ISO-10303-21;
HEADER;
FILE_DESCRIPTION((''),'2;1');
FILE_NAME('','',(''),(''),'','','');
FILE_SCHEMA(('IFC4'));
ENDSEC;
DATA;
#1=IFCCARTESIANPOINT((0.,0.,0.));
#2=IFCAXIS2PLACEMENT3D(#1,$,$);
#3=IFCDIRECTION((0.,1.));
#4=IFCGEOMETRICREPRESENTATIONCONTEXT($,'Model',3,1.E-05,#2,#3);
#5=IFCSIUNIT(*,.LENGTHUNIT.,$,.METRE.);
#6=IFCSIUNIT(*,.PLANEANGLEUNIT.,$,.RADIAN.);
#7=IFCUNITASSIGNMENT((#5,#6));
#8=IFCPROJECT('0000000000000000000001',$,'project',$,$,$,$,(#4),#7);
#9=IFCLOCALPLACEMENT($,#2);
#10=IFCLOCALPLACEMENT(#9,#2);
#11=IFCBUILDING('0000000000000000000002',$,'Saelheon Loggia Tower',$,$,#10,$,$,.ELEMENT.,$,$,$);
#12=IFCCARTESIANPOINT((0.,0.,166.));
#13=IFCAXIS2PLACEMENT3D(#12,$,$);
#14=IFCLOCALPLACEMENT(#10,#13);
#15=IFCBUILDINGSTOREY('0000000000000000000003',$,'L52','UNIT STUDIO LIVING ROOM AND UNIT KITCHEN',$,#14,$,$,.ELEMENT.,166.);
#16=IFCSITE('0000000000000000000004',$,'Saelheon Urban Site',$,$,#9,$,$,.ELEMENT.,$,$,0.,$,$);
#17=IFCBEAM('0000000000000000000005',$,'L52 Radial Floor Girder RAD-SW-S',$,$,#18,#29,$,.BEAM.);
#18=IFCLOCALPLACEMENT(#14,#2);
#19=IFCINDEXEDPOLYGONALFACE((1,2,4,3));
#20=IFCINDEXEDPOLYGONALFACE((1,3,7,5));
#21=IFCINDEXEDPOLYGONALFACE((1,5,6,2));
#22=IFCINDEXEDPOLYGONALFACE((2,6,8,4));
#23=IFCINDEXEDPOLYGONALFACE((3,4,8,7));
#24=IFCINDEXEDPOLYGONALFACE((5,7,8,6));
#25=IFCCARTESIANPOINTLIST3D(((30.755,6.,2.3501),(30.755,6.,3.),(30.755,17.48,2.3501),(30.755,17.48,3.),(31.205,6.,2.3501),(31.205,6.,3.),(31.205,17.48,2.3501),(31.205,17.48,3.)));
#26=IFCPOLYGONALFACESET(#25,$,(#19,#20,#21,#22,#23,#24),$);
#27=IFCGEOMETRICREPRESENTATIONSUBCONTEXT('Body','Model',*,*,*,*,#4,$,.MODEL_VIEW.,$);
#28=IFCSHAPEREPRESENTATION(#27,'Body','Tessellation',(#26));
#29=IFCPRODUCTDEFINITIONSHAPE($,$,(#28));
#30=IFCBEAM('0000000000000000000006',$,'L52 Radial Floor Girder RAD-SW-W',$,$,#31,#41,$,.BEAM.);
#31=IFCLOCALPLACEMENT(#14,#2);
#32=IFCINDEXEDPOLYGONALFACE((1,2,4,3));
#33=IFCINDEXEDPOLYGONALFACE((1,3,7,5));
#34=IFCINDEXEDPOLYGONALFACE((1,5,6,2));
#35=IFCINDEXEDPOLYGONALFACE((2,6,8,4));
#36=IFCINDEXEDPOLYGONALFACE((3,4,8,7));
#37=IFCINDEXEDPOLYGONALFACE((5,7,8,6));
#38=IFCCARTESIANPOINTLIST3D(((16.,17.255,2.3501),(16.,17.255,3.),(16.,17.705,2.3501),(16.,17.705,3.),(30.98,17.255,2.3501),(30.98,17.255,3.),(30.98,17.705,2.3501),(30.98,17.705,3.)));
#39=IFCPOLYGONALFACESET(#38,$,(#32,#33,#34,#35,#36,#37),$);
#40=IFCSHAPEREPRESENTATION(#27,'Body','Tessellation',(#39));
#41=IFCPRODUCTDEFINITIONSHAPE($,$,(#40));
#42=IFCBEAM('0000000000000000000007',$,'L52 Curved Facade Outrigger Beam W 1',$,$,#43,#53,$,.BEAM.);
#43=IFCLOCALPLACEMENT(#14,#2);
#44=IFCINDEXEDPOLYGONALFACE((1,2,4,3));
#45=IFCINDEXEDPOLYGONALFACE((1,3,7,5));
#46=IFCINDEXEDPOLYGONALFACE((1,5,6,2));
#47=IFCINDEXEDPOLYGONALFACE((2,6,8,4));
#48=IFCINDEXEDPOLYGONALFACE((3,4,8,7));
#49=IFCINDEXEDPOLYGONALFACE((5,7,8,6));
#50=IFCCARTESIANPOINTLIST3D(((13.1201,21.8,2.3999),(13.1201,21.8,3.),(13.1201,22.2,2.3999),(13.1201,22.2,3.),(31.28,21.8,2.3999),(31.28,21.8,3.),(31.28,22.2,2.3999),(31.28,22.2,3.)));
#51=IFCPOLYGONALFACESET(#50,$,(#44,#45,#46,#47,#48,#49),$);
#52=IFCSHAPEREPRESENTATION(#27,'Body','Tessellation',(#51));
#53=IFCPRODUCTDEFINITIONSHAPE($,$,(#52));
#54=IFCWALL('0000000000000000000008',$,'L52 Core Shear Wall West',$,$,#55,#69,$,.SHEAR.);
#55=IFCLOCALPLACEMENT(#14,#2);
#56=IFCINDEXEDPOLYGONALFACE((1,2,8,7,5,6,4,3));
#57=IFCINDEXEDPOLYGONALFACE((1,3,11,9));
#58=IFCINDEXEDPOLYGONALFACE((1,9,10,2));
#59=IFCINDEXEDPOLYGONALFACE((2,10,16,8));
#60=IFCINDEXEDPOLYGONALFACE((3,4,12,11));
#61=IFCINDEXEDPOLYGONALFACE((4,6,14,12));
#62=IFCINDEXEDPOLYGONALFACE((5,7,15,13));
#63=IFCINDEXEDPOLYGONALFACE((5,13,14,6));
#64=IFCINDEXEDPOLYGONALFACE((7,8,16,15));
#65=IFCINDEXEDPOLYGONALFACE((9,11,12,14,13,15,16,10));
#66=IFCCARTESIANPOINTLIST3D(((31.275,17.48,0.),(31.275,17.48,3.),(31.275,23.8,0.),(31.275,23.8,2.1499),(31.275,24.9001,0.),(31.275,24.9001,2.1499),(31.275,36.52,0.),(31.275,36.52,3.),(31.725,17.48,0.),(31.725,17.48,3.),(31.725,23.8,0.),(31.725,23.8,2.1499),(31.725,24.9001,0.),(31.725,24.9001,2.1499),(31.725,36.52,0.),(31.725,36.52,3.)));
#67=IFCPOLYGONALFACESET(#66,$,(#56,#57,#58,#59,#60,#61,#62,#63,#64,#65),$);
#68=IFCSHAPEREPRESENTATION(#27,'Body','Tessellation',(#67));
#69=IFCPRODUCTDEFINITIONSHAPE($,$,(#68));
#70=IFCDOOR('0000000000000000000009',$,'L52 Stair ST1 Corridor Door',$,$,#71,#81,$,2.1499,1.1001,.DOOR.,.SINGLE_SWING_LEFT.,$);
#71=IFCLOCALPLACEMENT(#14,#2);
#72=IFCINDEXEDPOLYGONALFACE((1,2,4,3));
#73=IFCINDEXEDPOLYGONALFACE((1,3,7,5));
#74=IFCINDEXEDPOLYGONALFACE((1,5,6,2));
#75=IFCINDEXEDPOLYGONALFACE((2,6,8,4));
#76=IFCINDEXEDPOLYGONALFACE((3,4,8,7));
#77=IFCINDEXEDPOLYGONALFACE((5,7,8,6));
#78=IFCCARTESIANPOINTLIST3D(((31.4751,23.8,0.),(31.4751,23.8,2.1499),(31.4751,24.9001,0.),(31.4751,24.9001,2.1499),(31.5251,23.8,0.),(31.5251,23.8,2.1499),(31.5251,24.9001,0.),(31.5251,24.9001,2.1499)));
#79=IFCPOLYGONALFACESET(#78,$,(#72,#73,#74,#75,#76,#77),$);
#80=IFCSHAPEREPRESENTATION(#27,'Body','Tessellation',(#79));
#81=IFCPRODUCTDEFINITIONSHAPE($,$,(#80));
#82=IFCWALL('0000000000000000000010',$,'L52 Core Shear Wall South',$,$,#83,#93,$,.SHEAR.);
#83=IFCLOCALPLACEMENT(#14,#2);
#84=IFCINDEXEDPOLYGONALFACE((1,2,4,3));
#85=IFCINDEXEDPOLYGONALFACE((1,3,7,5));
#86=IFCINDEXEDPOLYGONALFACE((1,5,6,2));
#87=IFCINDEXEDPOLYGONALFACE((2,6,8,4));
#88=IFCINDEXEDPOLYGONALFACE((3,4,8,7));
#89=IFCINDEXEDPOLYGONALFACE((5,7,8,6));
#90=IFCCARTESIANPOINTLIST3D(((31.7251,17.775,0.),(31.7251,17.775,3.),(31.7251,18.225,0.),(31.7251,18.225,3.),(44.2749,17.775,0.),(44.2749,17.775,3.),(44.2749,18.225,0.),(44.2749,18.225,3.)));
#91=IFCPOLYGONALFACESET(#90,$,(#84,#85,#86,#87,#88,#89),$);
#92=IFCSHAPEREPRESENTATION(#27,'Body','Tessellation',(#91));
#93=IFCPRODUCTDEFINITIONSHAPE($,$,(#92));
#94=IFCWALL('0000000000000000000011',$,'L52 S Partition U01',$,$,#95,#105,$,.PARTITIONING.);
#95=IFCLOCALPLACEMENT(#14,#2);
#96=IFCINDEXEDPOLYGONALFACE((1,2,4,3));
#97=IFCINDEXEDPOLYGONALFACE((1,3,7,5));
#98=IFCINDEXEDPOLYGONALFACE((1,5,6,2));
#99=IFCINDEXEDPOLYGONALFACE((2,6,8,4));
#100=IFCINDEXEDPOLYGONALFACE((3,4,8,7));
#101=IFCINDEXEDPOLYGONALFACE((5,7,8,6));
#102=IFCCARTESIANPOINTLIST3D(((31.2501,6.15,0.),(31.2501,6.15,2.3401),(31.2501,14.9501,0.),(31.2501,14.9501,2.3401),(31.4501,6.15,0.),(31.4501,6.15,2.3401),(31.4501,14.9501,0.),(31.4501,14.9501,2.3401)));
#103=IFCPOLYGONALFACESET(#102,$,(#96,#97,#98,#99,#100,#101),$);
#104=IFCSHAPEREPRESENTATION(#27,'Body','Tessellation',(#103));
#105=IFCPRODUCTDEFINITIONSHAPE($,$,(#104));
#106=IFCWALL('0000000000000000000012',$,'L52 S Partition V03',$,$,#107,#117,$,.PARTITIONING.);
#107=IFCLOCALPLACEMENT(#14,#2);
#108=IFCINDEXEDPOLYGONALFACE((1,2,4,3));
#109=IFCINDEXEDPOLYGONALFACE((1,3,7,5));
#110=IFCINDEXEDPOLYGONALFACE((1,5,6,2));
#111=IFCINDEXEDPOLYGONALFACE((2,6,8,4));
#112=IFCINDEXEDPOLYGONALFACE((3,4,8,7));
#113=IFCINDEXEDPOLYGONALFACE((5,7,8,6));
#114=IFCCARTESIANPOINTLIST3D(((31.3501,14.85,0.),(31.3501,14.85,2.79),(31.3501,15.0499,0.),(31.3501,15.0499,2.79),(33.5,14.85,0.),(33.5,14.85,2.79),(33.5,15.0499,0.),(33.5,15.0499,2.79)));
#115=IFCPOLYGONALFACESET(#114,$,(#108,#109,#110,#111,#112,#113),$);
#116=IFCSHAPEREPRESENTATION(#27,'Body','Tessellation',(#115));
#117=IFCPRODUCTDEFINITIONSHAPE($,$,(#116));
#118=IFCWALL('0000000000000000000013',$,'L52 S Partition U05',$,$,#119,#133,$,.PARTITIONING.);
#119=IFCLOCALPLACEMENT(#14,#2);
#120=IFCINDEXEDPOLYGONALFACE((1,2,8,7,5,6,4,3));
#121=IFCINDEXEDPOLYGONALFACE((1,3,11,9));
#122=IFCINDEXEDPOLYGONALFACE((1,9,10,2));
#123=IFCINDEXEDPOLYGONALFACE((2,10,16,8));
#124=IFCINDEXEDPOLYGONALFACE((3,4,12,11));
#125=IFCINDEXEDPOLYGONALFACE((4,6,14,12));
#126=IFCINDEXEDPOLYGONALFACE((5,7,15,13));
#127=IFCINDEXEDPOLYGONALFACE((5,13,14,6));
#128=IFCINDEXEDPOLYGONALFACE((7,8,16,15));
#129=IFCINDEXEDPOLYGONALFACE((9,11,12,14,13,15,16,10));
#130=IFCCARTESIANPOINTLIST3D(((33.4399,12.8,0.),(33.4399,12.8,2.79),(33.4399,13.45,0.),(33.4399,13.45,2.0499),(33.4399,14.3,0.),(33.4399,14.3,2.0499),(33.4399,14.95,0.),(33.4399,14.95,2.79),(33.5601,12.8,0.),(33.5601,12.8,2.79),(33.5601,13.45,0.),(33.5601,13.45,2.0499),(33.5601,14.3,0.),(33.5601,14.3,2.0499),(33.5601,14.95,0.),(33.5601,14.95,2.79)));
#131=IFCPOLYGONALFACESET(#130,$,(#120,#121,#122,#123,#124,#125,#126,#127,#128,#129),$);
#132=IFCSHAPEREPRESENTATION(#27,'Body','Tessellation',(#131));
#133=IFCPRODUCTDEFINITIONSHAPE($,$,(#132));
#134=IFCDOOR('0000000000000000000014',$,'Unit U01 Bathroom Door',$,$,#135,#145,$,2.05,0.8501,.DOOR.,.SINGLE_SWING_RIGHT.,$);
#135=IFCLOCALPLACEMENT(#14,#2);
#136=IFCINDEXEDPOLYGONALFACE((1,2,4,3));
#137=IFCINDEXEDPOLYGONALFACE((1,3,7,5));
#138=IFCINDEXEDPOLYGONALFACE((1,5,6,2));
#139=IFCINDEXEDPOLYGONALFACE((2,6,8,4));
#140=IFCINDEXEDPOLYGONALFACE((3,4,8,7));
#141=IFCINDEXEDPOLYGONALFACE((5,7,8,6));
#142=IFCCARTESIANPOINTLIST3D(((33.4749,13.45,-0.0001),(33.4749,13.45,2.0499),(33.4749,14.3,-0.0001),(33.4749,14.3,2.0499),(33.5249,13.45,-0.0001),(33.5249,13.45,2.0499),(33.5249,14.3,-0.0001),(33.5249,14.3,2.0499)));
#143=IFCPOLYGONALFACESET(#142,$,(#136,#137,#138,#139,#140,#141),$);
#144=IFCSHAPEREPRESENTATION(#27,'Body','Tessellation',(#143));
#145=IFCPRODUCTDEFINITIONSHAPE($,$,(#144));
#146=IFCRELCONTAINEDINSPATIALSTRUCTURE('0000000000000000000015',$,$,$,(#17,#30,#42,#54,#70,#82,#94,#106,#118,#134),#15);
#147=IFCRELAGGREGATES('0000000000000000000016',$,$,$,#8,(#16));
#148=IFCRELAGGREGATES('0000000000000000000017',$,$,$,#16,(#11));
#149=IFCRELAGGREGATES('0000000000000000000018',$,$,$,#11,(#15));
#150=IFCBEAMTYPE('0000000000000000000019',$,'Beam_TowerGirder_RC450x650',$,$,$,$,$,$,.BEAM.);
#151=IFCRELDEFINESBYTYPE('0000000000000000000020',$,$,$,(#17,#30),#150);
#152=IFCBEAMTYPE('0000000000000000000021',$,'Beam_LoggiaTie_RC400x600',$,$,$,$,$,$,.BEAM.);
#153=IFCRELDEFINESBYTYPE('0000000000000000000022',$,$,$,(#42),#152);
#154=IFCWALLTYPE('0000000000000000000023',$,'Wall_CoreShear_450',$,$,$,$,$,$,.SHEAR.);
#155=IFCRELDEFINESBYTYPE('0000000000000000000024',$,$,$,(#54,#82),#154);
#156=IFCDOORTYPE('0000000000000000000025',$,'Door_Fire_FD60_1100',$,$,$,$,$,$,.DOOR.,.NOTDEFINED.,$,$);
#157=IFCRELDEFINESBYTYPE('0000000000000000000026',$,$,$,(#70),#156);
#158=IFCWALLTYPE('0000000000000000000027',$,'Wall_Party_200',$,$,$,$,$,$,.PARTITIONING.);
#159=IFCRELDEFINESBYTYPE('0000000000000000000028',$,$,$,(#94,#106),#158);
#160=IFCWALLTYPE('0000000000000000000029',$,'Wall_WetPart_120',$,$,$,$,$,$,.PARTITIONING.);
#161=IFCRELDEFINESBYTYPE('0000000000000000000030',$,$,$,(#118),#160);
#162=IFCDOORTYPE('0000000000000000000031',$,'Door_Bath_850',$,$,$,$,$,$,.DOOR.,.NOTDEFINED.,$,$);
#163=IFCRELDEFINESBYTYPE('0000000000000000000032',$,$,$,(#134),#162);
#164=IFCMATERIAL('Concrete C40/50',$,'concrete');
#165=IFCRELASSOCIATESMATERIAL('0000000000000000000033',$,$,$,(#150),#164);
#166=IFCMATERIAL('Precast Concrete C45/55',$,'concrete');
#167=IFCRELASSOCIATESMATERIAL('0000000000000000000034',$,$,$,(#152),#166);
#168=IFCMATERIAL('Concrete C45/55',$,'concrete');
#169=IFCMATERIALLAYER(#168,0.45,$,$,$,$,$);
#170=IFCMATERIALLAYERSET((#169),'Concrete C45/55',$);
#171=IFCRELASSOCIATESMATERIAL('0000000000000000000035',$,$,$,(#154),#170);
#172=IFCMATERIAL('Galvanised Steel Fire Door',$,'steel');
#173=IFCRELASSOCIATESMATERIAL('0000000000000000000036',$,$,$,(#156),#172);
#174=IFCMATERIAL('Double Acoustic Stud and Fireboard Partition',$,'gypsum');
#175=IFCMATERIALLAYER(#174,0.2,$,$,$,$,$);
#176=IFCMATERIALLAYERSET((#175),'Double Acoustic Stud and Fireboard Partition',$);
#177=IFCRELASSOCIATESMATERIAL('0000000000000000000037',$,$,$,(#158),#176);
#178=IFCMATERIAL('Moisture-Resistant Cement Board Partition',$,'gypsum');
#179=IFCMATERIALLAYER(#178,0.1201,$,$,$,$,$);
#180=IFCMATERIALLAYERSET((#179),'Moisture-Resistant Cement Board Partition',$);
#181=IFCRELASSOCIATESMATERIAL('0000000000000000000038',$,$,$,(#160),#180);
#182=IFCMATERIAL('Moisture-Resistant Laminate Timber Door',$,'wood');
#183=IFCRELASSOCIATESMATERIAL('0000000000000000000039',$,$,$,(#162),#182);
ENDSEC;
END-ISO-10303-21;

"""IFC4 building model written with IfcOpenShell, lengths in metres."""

from ifc_helpers import new_model, si_unit, direction, frame, frame_2d, origin, origin_2d, place, context, subcontext, project, spatial, rectangle, extrude, source, transform, mapped, material, layer, layer_set, material_profile, profile_set, type_object, element, fill, save


model = new_model("IFC4")

# Units and contexts
model_context = context("Model", 3, precision=1e-05, world=origin(), true_north=direction((0.0, 1.0)))
body_context = subcontext(model_context, "Body", "Model", "MODEL_VIEW")
ifc_project = project(units=[si_unit("LENGTHUNIT", "METRE"), si_unit("PLANEANGLEUNIT", "RADIAN")], contexts=[model_context])

# Site, building, storey
site_placement = place(None, origin())
site = spatial("IfcSite", under=ifc_project, at=site_placement, Name="Saelheon Urban Site", CompositionType="ELEMENT", RefElevation=0.0)
building_placement = place(site_placement, origin())
building = spatial("IfcBuilding", under=site, at=building_placement, Name="Saelheon Loggia Tower", CompositionType="ELEMENT")
storey_placement = place(building_placement, frame((0.0, 0.0, 166.0)))
storey = spatial("IfcBuildingStorey", under=building, at=storey_placement, Name="L52", Description="UNIT STUDIO LIVING ROOM AND UNIT KITCHEN", CompositionType="ELEMENT", Elevation=166.0)

# Beams
ifc_material_1 = material(Name="Concrete C40/50", Category="concrete")
ifc_material_profile_1 = material_profile(ifc_material_1, rectangle(XDim=0.45, YDim=0.6499, at=origin_2d()), Name="RC-450x650")
ifc_profile_set_1 = profile_set([ifc_material_profile_1], Name="Concrete C40/50")
beam_type_1 = type_object("IfcBeamType", Name="Beam_TowerGirder_RC450x650", PredefinedType="BEAM", material=ifc_profile_set_1)
shared_shape_1 = source(origin(), body_context, "Body", "SweptSolid", [
    extrude(rectangle(XDim=0.45, YDim=0.6499, at=origin_2d()), origin(), (0.0, 0.0, 1.0), 11.48),
])
beam_1_placement = place(storey_placement, frame((30.98, 17.48, 2.675), z_axis=(0.0, -1.0, 0.0), x_axis=(1.0, 0.0, 0.0)))
element("IfcBeam", 1, at=beam_1_placement, inside=storey, type_object=beam_type_1, Name="L52 Radial Floor Girder RAD-SW-S", PredefinedType="BEAM", context=body_context, shape_type="MappedRepresentation", body=[
    mapped(shared_shape_1, transform((0.0, 0.0, 0.0), scale=1.0)),
])
shared_shape_2 = source(origin(), body_context, "Body", "SweptSolid", [
    extrude(rectangle(XDim=0.45, YDim=0.6499, at=origin_2d()), origin(), (0.0, 0.0, 1.0), 14.98),
])
beam_2_placement = place(storey_placement, frame((30.98, 17.48, 2.675), z_axis=(-1.0, 0.0, 0.0), x_axis=(0.0, -1.0, 0.0)))
element("IfcBeam", 2, at=beam_2_placement, inside=storey, type_object=beam_type_1, Name="L52 Radial Floor Girder RAD-SW-W", PredefinedType="BEAM", context=body_context, shape_type="MappedRepresentation", body=[
    mapped(shared_shape_2, transform((0.0, 0.0, 0.0), scale=1.0)),
])
ifc_material_2 = material(Name="Precast Concrete C45/55", Category="concrete")
ifc_material_profile_2 = material_profile(ifc_material_2, rectangle(XDim=0.3999, YDim=0.6001, at=origin_2d()), Name="RC-400x600")
ifc_profile_set_2 = profile_set([ifc_material_profile_2], Name="Precast Concrete C45/55")
beam_type_2 = type_object("IfcBeamType", Name="Beam_LoggiaTie_RC400x600", PredefinedType="BEAM", material=ifc_profile_set_2)
shared_shape_3 = source(origin(), body_context, "Body", "SweptSolid", [
    extrude(rectangle(XDim=0.3999, YDim=0.6001, at=origin_2d()), origin(), (0.0, 0.0, 1.0), 18.1599),
])
beam_3_placement = place(storey_placement, frame((31.28, 22.0, 2.7), z_axis=(-1.0, 0.0, 0.0), x_axis=(0.0, -1.0, 0.0)))
element("IfcBeam", 3, at=beam_3_placement, inside=storey, type_object=beam_type_2, Name="L52 Curved Facade Outrigger Beam W 1", PredefinedType="BEAM", context=body_context, shape_type="MappedRepresentation", body=[
    mapped(shared_shape_3, transform((0.0, 0.0, 0.0), scale=1.0)),
])

# Wall, opening, door
ifc_material_3 = material(Name="Concrete C45/55", Category="concrete")
ifc_layer_1 = layer(ifc_material_3, 0.45)
ifc_layer_set_1 = layer_set([ifc_layer_1], Name="Concrete C45/55")
wall_type_1 = type_object("IfcWallType", Name="Wall_CoreShear_450", PredefinedType="SHEAR", material=ifc_layer_set_1)
wall_1_placement = place(storey_placement, frame((31.5, 17.48, 0.0), z_axis=(0.0, 0.0, 1.0), x_axis=(0.0, 1.0, 0.0)))
wall_1 = element("IfcWall", 4, at=wall_1_placement, inside=storey, type_object=wall_type_1, Name="L52 Core Shear Wall West", PredefinedType="SHEAR", context=body_context, shape_type="SweptSolid", body=[
    extrude(rectangle(XDim=19.04, YDim=0.45, at=frame_2d((9.52, 0.0))), origin(), (0.0, 0.0, 1.0), 3.0),
])
opening_1_placement = place(wall_1_placement, frame((6.3201, 0.0, 0.0)))
opening_1 = element("IfcOpeningElement", 5, at=opening_1_placement, cuts=wall_1, PredefinedType="OPENING", context=body_context, shape_type="SweptSolid", body=[
    extrude(rectangle(XDim=1.1001, YDim=2.1499, at=frame_2d((0.55, 1.075))), frame((0.0, 0.2371, 0.0), z_axis=(0.0, -1.0, 0.0), x_axis=(1.0, 0.0, 0.0)), (0.0, 0.0, 1.0), 0.4739),
])
ifc_material_4 = material(Name="Galvanised Steel Fire Door", Category="steel")
door_type_1 = type_object("IfcDoorType", Name="Door_Fire_FD60_1100", OperationType="NOTDEFINED", PredefinedType="DOOR", material=ifc_material_4)
shared_shape_4 = source(origin(), body_context, "Body", "SweptSolid", [
    extrude(rectangle(XDim=1.1001, YDim=2.1499, at=frame_2d((0.55, 1.075))), frame((0.0, 0.0249, 0.0), z_axis=(0.0, -1.0, 0.0), x_axis=(1.0, 0.0, 0.0)), (0.0, 0.0, 1.0), 0.05),
])
door_1_placement = place(opening_1_placement, origin())
door_1 = element("IfcDoor", 6, at=door_1_placement, inside=storey, type_object=door_type_1, Name="L52 Stair ST1 Corridor Door", OperationType="SINGLE_SWING_LEFT", OverallHeight=2.1499, OverallWidth=1.1001, PredefinedType="DOOR", context=body_context, shape_type="MappedRepresentation", body=[
    mapped(shared_shape_4, transform((0.0, 0.0, 0.0), scale=1.0)),
])
fill(opening_1, door_1)

# Walls
wall_2_placement = place(storey_placement, frame((31.7251, 18.0, 0.0), z_axis=(0.0, 0.0, 1.0), x_axis=(1.0, 0.0, 0.0)))
element("IfcWall", 7, at=wall_2_placement, inside=storey, type_object=wall_type_1, Name="L52 Core Shear Wall South", PredefinedType="SHEAR", context=body_context, shape_type="SweptSolid", body=[
    extrude(rectangle(XDim=12.5498, YDim=0.45, at=frame_2d((6.2749, 0.0))), origin(), (0.0, 0.0, 1.0), 3.0),
])
ifc_material_5 = material(Name="Double Acoustic Stud and Fireboard Partition", Category="gypsum")
ifc_layer_2 = layer(ifc_material_5, 0.2)
ifc_layer_set_2 = layer_set([ifc_layer_2], Name="Double Acoustic Stud and Fireboard Partition")
wall_type_2 = type_object("IfcWallType", Name="Wall_Party_200", PredefinedType="PARTITIONING", material=ifc_layer_set_2)
wall_3_placement = place(storey_placement, frame((31.3501, 14.95, 0.0), z_axis=(0.0, 0.0, 1.0), x_axis=(0.0, -1.0, 0.0)))
element("IfcWall", 8, at=wall_3_placement, inside=storey, type_object=wall_type_2, Name="L52 S Partition U01", PredefinedType="PARTITIONING", context=body_context, shape_type="SweptSolid", body=[
    extrude(rectangle(XDim=8.8, YDim=0.2, at=frame_2d((4.3999, 0.0))), origin(), (0.0, 0.0, 1.0), 2.3401),
])
wall_4_placement = place(storey_placement, frame((31.3501, 14.95, 0.0), z_axis=(0.0, 0.0, 1.0), x_axis=(1.0, 0.0, 0.0)))
element("IfcWall", 9, at=wall_4_placement, inside=storey, type_object=wall_type_2, Name="L52 S Partition V03", PredefinedType="PARTITIONING", context=body_context, shape_type="SweptSolid", body=[
    extrude(rectangle(XDim=2.1499, YDim=0.2, at=frame_2d((1.075, 0.0))), origin(), (0.0, 0.0, 1.0), 2.79),
])

# Wall, opening, door
ifc_material_6 = material(Name="Moisture-Resistant Cement Board Partition", Category="gypsum")
ifc_layer_3 = layer(ifc_material_6, 0.1201)
ifc_layer_set_3 = layer_set([ifc_layer_3], Name="Moisture-Resistant Cement Board Partition")
wall_type_3 = type_object("IfcWallType", Name="Wall_WetPart_120", PredefinedType="PARTITIONING", material=ifc_layer_set_3)
wall_5_placement = place(storey_placement, frame((33.5, 14.95, 0.0), z_axis=(0.0, 0.0, 1.0), x_axis=(0.0, -1.0, 0.0)))
wall_5 = element("IfcWall", 10, at=wall_5_placement, inside=storey, type_object=wall_type_3, Name="L52 S Partition U05", PredefinedType="PARTITIONING", context=body_context, shape_type="SweptSolid", body=[
    extrude(rectangle(XDim=2.1499, YDim=0.1201, at=frame_2d((1.075, 0.0))), origin(), (0.0, 0.0, 1.0), 2.79),
])
opening_2_placement = place(wall_5_placement, frame((0.6499, 0.0, 0.0)))
opening_2 = element("IfcOpeningElement", 11, at=opening_2_placement, cuts=wall_5, PredefinedType="OPENING", context=body_context, shape_type="SweptSolid", body=[
    extrude(rectangle(XDim=0.8501, YDim=2.05, at=frame_2d((0.425, 1.0249))), frame((0.0, 0.072, 0.0), z_axis=(0.0, -1.0, 0.0), x_axis=(1.0, 0.0, 0.0)), (0.0, 0.0, 1.0), 0.144),
])
ifc_material_7 = material(Name="Moisture-Resistant Laminate Timber Door", Category="wood")
door_type_2 = type_object("IfcDoorType", Name="Door_Bath_850", OperationType="NOTDEFINED", PredefinedType="DOOR", material=ifc_material_7)
shared_shape_5 = source(origin(), body_context, "Body", "SweptSolid", [
    extrude(rectangle(XDim=0.8501, YDim=2.05, at=frame_2d((0.425, 1.0249))), frame((0.0, 0.0249, 0.0), z_axis=(0.0, -1.0, 0.0), x_axis=(1.0, 0.0, 0.0)), (0.0, 0.0, 1.0), 0.05),
])
door_2_placement = place(opening_2_placement, origin())
door_2 = element("IfcDoor", 12, at=door_2_placement, inside=storey, type_object=door_type_2, Name="Unit U01 Bathroom Door", OperationType="SINGLE_SWING_RIGHT", OverallHeight=2.05, OverallWidth=0.8501, PredefinedType="DOOR", context=body_context, shape_type="MappedRepresentation", body=[
    mapped(shared_shape_5, transform((0.0, 0.0, 0.0), scale=1.0)),
])
fill(opening_2, door_2)

save(model, "model.ifc")
